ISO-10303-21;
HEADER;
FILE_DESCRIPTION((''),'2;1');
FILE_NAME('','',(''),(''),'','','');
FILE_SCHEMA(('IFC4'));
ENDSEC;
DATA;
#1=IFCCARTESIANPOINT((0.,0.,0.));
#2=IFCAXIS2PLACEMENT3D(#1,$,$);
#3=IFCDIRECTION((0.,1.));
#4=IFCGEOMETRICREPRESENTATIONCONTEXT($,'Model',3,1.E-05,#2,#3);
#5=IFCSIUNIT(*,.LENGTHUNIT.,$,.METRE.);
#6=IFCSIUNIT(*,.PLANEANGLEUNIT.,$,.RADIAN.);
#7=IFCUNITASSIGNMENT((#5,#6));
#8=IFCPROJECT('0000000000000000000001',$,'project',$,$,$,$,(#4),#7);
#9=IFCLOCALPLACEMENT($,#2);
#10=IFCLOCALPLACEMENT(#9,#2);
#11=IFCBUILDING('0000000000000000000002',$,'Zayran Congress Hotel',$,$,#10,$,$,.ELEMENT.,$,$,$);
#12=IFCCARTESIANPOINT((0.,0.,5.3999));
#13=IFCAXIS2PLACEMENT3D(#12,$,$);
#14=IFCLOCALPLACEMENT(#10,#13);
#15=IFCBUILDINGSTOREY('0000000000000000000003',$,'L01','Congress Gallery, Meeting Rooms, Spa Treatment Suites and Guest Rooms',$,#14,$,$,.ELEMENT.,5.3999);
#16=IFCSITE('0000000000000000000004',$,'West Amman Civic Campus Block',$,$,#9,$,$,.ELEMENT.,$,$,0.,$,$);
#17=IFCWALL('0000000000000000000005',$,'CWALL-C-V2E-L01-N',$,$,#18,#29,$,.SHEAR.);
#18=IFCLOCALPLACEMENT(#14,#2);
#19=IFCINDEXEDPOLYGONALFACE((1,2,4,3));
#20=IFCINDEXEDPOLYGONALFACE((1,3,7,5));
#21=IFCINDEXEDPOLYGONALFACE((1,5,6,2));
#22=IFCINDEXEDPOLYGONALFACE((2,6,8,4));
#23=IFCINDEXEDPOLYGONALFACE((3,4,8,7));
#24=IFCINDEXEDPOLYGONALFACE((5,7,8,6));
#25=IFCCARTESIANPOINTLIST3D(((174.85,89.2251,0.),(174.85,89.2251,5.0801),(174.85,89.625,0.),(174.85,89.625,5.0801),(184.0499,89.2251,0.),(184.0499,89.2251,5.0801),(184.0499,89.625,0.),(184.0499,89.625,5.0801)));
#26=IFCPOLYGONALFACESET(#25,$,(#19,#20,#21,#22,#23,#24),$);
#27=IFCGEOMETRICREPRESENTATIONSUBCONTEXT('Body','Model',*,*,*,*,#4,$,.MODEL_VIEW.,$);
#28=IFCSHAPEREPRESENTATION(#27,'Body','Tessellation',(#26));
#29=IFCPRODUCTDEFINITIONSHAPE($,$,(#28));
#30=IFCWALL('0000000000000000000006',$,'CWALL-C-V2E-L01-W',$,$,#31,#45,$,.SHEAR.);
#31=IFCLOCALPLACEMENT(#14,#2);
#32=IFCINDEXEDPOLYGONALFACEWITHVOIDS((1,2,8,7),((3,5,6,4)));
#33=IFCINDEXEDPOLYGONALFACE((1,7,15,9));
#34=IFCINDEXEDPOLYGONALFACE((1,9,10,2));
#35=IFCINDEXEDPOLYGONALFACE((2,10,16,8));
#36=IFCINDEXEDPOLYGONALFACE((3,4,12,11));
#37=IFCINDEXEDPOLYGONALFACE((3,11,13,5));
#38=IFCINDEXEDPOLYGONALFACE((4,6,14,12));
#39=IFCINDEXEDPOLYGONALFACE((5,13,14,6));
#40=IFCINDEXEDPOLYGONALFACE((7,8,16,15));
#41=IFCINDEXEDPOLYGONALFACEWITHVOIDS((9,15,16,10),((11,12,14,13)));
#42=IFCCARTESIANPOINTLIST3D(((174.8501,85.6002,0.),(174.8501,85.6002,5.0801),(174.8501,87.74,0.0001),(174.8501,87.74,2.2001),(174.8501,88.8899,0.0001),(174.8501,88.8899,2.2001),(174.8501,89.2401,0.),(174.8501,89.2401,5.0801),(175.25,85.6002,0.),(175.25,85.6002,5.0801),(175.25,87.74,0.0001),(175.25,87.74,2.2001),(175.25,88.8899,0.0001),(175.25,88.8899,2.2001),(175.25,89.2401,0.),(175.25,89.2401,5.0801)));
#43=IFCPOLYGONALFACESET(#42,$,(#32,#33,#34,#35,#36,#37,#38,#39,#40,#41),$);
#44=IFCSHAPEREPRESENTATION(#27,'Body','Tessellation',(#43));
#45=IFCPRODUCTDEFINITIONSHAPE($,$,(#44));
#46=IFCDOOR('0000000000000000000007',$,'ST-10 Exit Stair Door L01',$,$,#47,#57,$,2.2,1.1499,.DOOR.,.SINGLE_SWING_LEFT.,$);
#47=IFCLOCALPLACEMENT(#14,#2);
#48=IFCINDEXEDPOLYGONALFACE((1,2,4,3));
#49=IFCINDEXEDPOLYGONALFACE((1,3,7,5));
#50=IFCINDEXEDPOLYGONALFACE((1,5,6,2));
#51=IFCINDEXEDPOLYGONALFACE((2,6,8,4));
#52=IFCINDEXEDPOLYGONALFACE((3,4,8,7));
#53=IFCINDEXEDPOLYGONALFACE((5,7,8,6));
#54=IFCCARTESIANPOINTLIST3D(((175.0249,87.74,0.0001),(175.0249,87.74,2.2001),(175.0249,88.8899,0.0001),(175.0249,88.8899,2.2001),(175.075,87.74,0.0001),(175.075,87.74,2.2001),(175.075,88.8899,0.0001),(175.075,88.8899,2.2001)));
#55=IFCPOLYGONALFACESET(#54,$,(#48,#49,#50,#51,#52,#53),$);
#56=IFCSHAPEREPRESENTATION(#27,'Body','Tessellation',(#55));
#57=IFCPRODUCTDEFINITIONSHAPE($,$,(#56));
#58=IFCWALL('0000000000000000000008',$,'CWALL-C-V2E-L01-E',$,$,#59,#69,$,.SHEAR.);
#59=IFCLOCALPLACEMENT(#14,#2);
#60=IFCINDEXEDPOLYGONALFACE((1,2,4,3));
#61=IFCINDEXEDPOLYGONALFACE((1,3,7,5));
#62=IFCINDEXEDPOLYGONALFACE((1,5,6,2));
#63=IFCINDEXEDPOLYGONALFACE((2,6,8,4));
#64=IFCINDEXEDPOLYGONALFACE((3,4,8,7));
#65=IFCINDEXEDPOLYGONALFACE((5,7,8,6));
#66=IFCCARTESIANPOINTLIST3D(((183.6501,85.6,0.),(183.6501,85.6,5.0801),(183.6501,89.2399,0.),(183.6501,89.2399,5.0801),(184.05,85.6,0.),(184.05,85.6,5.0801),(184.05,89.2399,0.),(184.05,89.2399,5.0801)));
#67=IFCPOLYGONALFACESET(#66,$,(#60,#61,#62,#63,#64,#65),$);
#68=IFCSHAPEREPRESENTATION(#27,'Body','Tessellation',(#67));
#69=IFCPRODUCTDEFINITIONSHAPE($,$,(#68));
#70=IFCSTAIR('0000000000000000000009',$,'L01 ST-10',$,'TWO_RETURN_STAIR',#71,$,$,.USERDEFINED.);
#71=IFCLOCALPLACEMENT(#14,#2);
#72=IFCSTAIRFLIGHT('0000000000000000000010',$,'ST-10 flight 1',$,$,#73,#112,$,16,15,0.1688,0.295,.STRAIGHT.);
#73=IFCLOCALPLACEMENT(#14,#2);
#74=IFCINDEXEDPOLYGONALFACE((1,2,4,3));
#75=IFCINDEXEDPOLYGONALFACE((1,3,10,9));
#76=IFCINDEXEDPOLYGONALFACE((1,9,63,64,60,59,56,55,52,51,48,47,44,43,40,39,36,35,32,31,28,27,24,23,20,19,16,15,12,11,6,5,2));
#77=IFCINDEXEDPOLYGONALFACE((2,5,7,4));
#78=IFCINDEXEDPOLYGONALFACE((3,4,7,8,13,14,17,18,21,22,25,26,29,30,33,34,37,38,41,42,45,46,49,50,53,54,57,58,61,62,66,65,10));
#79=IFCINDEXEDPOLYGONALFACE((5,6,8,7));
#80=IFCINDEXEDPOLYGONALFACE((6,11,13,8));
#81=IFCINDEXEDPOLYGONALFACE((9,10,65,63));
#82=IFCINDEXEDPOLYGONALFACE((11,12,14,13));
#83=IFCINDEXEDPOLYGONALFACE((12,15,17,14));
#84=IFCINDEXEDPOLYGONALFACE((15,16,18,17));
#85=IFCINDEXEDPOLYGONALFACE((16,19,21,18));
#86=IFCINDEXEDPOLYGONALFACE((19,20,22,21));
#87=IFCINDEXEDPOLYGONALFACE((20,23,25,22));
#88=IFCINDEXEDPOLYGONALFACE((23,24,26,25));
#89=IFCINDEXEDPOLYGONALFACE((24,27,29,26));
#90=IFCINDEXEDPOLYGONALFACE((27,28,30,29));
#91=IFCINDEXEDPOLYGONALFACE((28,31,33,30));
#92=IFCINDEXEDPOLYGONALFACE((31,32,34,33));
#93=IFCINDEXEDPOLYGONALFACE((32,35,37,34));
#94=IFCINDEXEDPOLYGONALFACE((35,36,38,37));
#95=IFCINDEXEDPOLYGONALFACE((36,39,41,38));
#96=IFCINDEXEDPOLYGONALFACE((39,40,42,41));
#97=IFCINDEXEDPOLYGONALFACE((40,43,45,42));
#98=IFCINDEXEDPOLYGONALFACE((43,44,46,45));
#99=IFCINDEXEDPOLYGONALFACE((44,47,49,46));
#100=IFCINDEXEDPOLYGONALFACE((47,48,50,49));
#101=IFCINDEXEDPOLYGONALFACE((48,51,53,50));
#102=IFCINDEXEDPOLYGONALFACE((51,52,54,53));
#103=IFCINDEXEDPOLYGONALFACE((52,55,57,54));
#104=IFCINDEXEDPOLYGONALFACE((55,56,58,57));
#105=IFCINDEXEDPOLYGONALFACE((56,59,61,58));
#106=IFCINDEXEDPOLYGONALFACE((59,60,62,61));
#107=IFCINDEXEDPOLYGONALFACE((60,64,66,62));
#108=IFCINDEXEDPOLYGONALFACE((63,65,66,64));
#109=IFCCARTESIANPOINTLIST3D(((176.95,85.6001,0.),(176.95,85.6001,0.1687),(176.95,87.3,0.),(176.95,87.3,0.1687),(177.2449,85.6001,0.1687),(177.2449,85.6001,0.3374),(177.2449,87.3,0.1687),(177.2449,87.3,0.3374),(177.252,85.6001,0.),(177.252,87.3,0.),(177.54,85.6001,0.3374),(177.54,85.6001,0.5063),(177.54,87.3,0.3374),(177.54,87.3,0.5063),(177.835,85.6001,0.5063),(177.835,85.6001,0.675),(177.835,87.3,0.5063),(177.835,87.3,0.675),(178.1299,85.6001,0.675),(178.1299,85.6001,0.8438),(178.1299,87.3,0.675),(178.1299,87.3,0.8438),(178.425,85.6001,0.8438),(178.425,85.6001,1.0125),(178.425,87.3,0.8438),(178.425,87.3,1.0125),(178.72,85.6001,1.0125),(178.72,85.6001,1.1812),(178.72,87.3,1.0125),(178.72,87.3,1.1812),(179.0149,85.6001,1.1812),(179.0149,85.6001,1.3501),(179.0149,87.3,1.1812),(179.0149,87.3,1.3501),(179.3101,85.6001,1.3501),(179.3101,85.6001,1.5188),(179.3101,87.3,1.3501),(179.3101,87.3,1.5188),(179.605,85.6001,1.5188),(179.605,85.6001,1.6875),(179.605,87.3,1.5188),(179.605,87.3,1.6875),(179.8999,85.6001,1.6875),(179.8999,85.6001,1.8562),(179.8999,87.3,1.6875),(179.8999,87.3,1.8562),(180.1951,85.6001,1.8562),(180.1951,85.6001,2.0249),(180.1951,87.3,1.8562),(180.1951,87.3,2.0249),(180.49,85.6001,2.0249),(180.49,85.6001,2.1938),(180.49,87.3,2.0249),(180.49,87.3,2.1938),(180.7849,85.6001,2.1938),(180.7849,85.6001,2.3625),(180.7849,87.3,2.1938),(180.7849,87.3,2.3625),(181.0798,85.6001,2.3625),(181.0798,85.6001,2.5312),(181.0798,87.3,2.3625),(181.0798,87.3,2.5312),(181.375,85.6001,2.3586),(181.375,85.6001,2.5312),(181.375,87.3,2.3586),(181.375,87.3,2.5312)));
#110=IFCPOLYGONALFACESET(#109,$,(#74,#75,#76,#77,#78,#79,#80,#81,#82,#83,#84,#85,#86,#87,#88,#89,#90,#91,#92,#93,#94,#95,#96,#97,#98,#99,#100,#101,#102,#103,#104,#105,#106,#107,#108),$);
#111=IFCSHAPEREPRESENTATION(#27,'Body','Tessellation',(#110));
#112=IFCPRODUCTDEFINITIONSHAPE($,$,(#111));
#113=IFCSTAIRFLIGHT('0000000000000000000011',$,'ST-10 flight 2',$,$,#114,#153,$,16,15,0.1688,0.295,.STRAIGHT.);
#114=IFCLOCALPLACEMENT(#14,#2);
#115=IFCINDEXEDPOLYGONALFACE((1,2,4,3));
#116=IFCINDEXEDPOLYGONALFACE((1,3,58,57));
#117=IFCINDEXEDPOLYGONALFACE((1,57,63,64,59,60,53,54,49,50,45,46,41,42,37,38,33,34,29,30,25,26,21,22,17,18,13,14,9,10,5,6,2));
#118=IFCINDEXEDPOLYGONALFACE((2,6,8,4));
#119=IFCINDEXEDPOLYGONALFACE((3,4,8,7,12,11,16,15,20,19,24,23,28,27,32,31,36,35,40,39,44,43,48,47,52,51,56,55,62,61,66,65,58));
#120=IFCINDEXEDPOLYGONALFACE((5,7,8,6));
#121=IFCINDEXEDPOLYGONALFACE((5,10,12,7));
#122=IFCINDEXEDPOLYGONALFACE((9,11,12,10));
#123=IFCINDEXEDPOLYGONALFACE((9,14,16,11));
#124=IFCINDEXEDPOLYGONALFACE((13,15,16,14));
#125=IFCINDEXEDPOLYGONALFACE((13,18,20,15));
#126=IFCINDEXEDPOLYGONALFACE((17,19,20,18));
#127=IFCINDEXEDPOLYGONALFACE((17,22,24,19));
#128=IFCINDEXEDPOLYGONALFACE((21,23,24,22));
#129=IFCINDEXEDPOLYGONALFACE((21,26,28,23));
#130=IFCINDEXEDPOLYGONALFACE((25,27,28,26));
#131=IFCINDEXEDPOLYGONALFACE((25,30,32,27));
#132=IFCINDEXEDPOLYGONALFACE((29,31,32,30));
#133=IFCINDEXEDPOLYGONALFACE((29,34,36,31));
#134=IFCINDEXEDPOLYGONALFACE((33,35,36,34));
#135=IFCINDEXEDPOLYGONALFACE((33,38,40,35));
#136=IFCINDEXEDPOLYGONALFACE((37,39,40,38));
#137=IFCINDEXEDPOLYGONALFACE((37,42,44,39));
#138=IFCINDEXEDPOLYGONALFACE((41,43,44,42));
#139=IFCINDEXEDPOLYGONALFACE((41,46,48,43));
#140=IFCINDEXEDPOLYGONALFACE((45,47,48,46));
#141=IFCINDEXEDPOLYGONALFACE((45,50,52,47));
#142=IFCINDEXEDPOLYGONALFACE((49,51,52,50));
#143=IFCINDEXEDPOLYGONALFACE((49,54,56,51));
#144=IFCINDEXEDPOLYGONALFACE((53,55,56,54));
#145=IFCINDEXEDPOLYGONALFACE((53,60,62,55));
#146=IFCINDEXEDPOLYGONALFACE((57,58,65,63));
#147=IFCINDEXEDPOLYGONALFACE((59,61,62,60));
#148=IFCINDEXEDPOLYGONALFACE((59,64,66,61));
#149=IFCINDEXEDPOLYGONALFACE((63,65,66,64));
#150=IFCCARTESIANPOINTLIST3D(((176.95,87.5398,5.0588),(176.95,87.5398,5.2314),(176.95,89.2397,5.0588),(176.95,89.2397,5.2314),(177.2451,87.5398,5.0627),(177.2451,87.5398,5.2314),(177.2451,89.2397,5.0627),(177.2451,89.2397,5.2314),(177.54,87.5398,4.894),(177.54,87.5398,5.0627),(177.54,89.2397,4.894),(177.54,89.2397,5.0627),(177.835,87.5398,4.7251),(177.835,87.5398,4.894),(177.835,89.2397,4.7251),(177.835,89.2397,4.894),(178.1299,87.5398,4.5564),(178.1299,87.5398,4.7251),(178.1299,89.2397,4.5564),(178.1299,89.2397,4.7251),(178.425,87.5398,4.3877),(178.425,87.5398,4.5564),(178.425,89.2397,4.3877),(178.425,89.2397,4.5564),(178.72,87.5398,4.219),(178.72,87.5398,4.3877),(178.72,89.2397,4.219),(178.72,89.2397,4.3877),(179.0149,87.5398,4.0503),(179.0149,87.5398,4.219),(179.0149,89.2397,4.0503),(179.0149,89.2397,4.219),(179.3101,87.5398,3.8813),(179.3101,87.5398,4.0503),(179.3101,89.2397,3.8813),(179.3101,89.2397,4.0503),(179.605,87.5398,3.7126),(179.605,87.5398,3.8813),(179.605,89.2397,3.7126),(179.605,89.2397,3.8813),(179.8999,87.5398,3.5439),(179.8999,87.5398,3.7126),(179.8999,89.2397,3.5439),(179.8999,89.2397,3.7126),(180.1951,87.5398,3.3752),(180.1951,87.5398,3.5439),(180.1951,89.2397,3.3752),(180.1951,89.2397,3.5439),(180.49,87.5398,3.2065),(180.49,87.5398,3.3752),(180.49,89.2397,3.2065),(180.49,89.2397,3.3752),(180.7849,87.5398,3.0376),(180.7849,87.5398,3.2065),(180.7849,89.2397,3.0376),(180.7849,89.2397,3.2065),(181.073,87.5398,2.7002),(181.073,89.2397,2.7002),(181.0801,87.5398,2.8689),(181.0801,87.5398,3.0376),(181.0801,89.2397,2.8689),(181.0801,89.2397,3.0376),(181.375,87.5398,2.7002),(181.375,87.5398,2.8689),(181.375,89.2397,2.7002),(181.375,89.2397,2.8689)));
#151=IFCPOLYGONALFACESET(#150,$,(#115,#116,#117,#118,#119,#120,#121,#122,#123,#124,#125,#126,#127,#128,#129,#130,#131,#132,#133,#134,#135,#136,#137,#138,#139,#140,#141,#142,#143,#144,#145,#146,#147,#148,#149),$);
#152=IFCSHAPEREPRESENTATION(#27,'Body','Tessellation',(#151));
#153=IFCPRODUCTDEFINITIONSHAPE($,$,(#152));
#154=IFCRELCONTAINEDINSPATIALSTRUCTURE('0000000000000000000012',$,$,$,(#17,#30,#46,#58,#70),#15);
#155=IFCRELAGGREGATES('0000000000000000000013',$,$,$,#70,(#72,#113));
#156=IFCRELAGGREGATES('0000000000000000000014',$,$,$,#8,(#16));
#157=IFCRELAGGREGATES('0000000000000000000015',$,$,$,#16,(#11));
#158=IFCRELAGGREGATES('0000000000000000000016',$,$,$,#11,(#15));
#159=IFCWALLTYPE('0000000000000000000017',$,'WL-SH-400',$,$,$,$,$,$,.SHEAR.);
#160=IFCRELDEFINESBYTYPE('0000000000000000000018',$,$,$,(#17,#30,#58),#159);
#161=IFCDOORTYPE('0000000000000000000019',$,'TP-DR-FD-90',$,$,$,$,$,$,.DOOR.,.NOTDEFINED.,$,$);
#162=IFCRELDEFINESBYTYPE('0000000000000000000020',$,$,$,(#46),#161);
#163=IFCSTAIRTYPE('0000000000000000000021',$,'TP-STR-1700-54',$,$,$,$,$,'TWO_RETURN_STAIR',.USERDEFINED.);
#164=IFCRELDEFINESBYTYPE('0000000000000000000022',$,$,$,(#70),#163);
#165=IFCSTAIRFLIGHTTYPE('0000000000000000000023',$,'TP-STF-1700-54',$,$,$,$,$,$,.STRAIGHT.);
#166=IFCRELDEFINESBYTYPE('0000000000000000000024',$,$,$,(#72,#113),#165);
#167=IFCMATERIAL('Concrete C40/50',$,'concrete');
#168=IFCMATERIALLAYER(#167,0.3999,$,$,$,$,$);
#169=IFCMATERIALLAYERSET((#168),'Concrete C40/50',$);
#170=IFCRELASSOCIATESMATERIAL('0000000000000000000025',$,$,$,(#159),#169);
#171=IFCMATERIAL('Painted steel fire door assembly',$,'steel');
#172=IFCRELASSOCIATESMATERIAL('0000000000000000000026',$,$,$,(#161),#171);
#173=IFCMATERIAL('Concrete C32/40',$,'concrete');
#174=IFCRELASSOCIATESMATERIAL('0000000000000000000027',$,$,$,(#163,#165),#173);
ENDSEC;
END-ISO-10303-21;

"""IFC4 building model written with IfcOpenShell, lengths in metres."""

from ifc_helpers import new_model, si_unit, direction, frame, frame_2d, origin, place, context, subcontext, project, spatial, polyline, rectangle, outline, extrude, material, layer, layer_set, type_object, element, fill, aggregate, save


model = new_model("IFC4")

# Units and contexts
model_context = context("Model", 3, precision=1e-05, world=origin(), true_north=direction((0.0, 1.0)))
body_context = subcontext(model_context, "Body", "Model", "MODEL_VIEW")
ifc_project = project(units=[si_unit("LENGTHUNIT", "METRE"), si_unit("PLANEANGLEUNIT", "RADIAN")], contexts=[model_context])

# Site, building, storey
site_placement = place(None, origin())
site = spatial("IfcSite", under=ifc_project, at=site_placement, Name="West Amman Civic Campus Block", CompositionType="ELEMENT", RefElevation=0.0)
building_placement = place(site_placement, origin())
building = spatial("IfcBuilding", under=site, at=building_placement, Name="Zayran Congress Hotel", CompositionType="ELEMENT")
storey_placement = place(building_placement, frame((0.0, 0.0, 5.3999)))
storey = spatial("IfcBuildingStorey", under=building, at=storey_placement, Name="L01", Description="Congress Gallery, Meeting Rooms, Spa Treatment Suites and Guest Rooms", CompositionType="ELEMENT", Elevation=5.3999)

# Wall
ifc_material_1 = material(Name="Concrete C40/50", Category="concrete")
ifc_layer_1 = layer(ifc_material_1, 0.3999)
ifc_layer_set_1 = layer_set([ifc_layer_1], Name="Concrete C40/50")
wall_type_1 = type_object("IfcWallType", Name="WL-SH-400", PredefinedType="SHEAR", material=ifc_layer_set_1)
for number, where, z_axis, x_axis, name in (
    (1, (184.05, 89.425, 0.0), (0.0, 0.0, 1.0), (-1.0, 0.0, 0.0), "CWALL-C-V2E-L01-N"),
):
    element("IfcWall", number, at=place(storey_placement, frame(where, z_axis=z_axis, x_axis=x_axis)), inside=storey, type_object=wall_type_1, Name=name, PredefinedType="SHEAR", context=body_context, shape_type="SweptSolid", body=[
        extrude(rectangle(XDim=9.2, YDim=0.3999, at=frame_2d((4.6001, 0.0))), origin(), (0.0, 0.0, 1.0), 5.0801),
    ])

# Wall, opening, door
wall_1_placement = place(storey_placement, frame((175.05, 89.24, 0.0), z_axis=(0.0, 0.0, 1.0), x_axis=(0.0, -1.0, 0.0)))
wall_1 = element("IfcWall", 2, at=wall_1_placement, inside=storey, type_object=wall_type_1, Name="CWALL-C-V2E-L01-W", PredefinedType="SHEAR", context=body_context, shape_type="SweptSolid", body=[
    extrude(rectangle(XDim=3.6399, YDim=0.3999, at=frame_2d((1.8198, 0.0))), origin(), (0.0, 0.0, 1.0), 5.0801),
])
opening_1_placement = place(wall_1_placement, frame((0.3501, 0.0, 0.0)))
opening_1 = element("IfcOpeningElement", 3, at=opening_1_placement, cuts=wall_1, PredefinedType="OPENING", context=body_context, shape_type="SweptSolid", body=[
    extrude(rectangle(XDim=1.1499, YDim=2.2, at=frame_2d((0.575, 1.1001))), frame((0.0, 0.21, 0.0), z_axis=(0.0, -1.0, 0.0), x_axis=(1.0, 0.0, 0.0)), (0.0, 0.0, 1.0), 0.4199),
])
ifc_material_2 = material(Name="Painted steel fire door assembly", Category="steel")
door_type = type_object("IfcDoorType", Name="TP-DR-FD-90", OperationType="NOTDEFINED", PredefinedType="DOOR", material=ifc_material_2)
door_placement = place(opening_1_placement, origin())
door = element("IfcDoor", 4, at=door_placement, inside=storey, type_object=door_type, Name="ST-10 Exit Stair Door L01", OperationType="SINGLE_SWING_LEFT", OverallHeight=2.2, OverallWidth=1.1499, PredefinedType="DOOR", context=body_context, shape_type="SweptSolid", body=[
    extrude(rectangle(XDim=1.1499, YDim=2.2, at=frame_2d((0.575, 1.1001))), frame((0.0, 0.0249, 0.0), z_axis=(0.0, -1.0, 0.0), x_axis=(1.0, 0.0, 0.0)), (0.0, 0.0, 1.0), 0.05),
])
fill(opening_1, door)

# Wall
wall_2_placement = place(storey_placement, frame((183.8501, 85.6001, 0.0), z_axis=(0.0, 0.0, 1.0), x_axis=(0.0, 1.0, 0.0)))
element("IfcWall", 5, at=wall_2_placement, inside=storey, type_object=wall_type_1, Name="CWALL-C-V2E-L01-E", PredefinedType="SHEAR", context=body_context, shape_type="SweptSolid", body=[
    extrude(rectangle(XDim=3.6399, YDim=0.3999, at=frame_2d((1.8198, 0.0))), origin(), (0.0, 0.0, 1.0), 5.0801),
])

# Stair, stair flights
ifc_material_3 = material(Name="Concrete C32/40", Category="concrete")
stair_type = type_object("IfcStairType", Name="TP-STR-1700-54", ElementType="TWO_RETURN_STAIR", PredefinedType="USERDEFINED", material=ifc_material_3)
stair_placement = place(storey_placement, origin())
stair = element("IfcStair", 6, at=stair_placement, inside=storey, type_object=stair_type, Name="L01 ST-10", ObjectType="TWO_RETURN_STAIR", PredefinedType="USERDEFINED")
stair_flight_type = type_object("IfcStairFlightType", Name="TP-STF-1700-54", PredefinedType="STRAIGHT", material=ifc_material_3)
stair_flight_1_placement = place(storey_placement, frame((176.95, 86.45, 0.0), z_axis=(0.0, 0.0, 1.0), x_axis=(1.0, 0.0, 0.0)))
stair_flight_1 = element("IfcStairFlight", 7, at=stair_flight_1_placement, type_object=stair_flight_type, Name="ST-10 flight 1", NumberOfRisers=16, NumberOfTreads=15, PredefinedType="STRAIGHT", RiserHeight=0.1688, TreadLength=0.295, context=body_context, shape_type="SweptSolid", body=[
    extrude(outline(polyline([(0.0, 0.0), (0.0, 0.1687), (0.2949, 0.1687), (0.2949, 0.3374), (0.5901, 0.3374), (0.5901, 0.5063), (0.885, 0.5063), (0.885, 0.675), (1.1799, 0.675), (1.1799, 0.8438), (1.4751, 0.8438), (1.4751, 1.0125), (1.77, 1.0125), (1.77, 1.1812), (2.0649, 1.1812), (2.0649, 1.3501), (2.3601, 1.3501), (2.3601, 1.5188), (2.655, 1.5188), (2.655, 1.6875), (2.95, 1.6875), (2.95, 1.8562), (3.2451, 1.8562), (3.2451, 2.0249), (3.54, 2.0249), (3.54, 2.1938), (3.835, 2.1938), (3.835, 2.3625), (4.1299, 2.3625), (4.1299, 2.5312), (4.425, 2.5312), (4.425, 2.7), (4.425, 2.3586), (0.302, 0.0), (0.0, 0.0)])), frame((0.0, 0.8501, 0.0), z_axis=(0.0, -1.0, 0.0), x_axis=(1.0, 0.0, 0.0)), (0.0, 0.0, 1.0), 1.7),
])
stair_flight_2_placement = place(storey_placement, frame((181.375, 88.3899, 2.7002), z_axis=(0.0, 0.0, 1.0), x_axis=(-1.0, 0.0, 0.0)))
stair_flight_2 = element("IfcStairFlight", 8, at=stair_flight_2_placement, type_object=stair_flight_type, Name="ST-10 flight 2", NumberOfRisers=16, NumberOfTreads=15, PredefinedType="STRAIGHT", RiserHeight=0.1688, TreadLength=0.295, context=body_context, shape_type="SweptSolid", body=[
    extrude(outline(polyline([(0.0, 0.0), (0.0, 0.1687), (0.2949, 0.1687), (0.2949, 0.3374), (0.5901, 0.3374), (0.5901, 0.5063), (0.885, 0.5063), (0.885, 0.675), (1.1799, 0.675), (1.1799, 0.8438), (1.4751, 0.8438), (1.4751, 1.0125), (1.77, 1.0125), (1.77, 1.1812), (2.0649, 1.1812), (2.0649, 1.3501), (2.3601, 1.3501), (2.3601, 1.5188), (2.655, 1.5188), (2.655, 1.6875), (2.95, 1.6875), (2.95, 1.8562), (3.2451, 1.8562), (3.2451, 2.0249), (3.54, 2.0249), (3.54, 2.1938), (3.835, 2.1938), (3.835, 2.3625), (4.1299, 2.3625), (4.1299, 2.5312), (4.425, 2.5312), (4.425, 2.7), (4.425, 2.3586), (0.302, 0.0), (0.0, 0.0)])), frame((0.0, 0.8501, 0.0), z_axis=(0.0, -1.0, 0.0), x_axis=(1.0, 0.0, 0.0)), (0.0, 0.0, 1.0), 1.7),
])
aggregate(stair, [stair_flight_1, stair_flight_2])

save(model, "model.ifc")
